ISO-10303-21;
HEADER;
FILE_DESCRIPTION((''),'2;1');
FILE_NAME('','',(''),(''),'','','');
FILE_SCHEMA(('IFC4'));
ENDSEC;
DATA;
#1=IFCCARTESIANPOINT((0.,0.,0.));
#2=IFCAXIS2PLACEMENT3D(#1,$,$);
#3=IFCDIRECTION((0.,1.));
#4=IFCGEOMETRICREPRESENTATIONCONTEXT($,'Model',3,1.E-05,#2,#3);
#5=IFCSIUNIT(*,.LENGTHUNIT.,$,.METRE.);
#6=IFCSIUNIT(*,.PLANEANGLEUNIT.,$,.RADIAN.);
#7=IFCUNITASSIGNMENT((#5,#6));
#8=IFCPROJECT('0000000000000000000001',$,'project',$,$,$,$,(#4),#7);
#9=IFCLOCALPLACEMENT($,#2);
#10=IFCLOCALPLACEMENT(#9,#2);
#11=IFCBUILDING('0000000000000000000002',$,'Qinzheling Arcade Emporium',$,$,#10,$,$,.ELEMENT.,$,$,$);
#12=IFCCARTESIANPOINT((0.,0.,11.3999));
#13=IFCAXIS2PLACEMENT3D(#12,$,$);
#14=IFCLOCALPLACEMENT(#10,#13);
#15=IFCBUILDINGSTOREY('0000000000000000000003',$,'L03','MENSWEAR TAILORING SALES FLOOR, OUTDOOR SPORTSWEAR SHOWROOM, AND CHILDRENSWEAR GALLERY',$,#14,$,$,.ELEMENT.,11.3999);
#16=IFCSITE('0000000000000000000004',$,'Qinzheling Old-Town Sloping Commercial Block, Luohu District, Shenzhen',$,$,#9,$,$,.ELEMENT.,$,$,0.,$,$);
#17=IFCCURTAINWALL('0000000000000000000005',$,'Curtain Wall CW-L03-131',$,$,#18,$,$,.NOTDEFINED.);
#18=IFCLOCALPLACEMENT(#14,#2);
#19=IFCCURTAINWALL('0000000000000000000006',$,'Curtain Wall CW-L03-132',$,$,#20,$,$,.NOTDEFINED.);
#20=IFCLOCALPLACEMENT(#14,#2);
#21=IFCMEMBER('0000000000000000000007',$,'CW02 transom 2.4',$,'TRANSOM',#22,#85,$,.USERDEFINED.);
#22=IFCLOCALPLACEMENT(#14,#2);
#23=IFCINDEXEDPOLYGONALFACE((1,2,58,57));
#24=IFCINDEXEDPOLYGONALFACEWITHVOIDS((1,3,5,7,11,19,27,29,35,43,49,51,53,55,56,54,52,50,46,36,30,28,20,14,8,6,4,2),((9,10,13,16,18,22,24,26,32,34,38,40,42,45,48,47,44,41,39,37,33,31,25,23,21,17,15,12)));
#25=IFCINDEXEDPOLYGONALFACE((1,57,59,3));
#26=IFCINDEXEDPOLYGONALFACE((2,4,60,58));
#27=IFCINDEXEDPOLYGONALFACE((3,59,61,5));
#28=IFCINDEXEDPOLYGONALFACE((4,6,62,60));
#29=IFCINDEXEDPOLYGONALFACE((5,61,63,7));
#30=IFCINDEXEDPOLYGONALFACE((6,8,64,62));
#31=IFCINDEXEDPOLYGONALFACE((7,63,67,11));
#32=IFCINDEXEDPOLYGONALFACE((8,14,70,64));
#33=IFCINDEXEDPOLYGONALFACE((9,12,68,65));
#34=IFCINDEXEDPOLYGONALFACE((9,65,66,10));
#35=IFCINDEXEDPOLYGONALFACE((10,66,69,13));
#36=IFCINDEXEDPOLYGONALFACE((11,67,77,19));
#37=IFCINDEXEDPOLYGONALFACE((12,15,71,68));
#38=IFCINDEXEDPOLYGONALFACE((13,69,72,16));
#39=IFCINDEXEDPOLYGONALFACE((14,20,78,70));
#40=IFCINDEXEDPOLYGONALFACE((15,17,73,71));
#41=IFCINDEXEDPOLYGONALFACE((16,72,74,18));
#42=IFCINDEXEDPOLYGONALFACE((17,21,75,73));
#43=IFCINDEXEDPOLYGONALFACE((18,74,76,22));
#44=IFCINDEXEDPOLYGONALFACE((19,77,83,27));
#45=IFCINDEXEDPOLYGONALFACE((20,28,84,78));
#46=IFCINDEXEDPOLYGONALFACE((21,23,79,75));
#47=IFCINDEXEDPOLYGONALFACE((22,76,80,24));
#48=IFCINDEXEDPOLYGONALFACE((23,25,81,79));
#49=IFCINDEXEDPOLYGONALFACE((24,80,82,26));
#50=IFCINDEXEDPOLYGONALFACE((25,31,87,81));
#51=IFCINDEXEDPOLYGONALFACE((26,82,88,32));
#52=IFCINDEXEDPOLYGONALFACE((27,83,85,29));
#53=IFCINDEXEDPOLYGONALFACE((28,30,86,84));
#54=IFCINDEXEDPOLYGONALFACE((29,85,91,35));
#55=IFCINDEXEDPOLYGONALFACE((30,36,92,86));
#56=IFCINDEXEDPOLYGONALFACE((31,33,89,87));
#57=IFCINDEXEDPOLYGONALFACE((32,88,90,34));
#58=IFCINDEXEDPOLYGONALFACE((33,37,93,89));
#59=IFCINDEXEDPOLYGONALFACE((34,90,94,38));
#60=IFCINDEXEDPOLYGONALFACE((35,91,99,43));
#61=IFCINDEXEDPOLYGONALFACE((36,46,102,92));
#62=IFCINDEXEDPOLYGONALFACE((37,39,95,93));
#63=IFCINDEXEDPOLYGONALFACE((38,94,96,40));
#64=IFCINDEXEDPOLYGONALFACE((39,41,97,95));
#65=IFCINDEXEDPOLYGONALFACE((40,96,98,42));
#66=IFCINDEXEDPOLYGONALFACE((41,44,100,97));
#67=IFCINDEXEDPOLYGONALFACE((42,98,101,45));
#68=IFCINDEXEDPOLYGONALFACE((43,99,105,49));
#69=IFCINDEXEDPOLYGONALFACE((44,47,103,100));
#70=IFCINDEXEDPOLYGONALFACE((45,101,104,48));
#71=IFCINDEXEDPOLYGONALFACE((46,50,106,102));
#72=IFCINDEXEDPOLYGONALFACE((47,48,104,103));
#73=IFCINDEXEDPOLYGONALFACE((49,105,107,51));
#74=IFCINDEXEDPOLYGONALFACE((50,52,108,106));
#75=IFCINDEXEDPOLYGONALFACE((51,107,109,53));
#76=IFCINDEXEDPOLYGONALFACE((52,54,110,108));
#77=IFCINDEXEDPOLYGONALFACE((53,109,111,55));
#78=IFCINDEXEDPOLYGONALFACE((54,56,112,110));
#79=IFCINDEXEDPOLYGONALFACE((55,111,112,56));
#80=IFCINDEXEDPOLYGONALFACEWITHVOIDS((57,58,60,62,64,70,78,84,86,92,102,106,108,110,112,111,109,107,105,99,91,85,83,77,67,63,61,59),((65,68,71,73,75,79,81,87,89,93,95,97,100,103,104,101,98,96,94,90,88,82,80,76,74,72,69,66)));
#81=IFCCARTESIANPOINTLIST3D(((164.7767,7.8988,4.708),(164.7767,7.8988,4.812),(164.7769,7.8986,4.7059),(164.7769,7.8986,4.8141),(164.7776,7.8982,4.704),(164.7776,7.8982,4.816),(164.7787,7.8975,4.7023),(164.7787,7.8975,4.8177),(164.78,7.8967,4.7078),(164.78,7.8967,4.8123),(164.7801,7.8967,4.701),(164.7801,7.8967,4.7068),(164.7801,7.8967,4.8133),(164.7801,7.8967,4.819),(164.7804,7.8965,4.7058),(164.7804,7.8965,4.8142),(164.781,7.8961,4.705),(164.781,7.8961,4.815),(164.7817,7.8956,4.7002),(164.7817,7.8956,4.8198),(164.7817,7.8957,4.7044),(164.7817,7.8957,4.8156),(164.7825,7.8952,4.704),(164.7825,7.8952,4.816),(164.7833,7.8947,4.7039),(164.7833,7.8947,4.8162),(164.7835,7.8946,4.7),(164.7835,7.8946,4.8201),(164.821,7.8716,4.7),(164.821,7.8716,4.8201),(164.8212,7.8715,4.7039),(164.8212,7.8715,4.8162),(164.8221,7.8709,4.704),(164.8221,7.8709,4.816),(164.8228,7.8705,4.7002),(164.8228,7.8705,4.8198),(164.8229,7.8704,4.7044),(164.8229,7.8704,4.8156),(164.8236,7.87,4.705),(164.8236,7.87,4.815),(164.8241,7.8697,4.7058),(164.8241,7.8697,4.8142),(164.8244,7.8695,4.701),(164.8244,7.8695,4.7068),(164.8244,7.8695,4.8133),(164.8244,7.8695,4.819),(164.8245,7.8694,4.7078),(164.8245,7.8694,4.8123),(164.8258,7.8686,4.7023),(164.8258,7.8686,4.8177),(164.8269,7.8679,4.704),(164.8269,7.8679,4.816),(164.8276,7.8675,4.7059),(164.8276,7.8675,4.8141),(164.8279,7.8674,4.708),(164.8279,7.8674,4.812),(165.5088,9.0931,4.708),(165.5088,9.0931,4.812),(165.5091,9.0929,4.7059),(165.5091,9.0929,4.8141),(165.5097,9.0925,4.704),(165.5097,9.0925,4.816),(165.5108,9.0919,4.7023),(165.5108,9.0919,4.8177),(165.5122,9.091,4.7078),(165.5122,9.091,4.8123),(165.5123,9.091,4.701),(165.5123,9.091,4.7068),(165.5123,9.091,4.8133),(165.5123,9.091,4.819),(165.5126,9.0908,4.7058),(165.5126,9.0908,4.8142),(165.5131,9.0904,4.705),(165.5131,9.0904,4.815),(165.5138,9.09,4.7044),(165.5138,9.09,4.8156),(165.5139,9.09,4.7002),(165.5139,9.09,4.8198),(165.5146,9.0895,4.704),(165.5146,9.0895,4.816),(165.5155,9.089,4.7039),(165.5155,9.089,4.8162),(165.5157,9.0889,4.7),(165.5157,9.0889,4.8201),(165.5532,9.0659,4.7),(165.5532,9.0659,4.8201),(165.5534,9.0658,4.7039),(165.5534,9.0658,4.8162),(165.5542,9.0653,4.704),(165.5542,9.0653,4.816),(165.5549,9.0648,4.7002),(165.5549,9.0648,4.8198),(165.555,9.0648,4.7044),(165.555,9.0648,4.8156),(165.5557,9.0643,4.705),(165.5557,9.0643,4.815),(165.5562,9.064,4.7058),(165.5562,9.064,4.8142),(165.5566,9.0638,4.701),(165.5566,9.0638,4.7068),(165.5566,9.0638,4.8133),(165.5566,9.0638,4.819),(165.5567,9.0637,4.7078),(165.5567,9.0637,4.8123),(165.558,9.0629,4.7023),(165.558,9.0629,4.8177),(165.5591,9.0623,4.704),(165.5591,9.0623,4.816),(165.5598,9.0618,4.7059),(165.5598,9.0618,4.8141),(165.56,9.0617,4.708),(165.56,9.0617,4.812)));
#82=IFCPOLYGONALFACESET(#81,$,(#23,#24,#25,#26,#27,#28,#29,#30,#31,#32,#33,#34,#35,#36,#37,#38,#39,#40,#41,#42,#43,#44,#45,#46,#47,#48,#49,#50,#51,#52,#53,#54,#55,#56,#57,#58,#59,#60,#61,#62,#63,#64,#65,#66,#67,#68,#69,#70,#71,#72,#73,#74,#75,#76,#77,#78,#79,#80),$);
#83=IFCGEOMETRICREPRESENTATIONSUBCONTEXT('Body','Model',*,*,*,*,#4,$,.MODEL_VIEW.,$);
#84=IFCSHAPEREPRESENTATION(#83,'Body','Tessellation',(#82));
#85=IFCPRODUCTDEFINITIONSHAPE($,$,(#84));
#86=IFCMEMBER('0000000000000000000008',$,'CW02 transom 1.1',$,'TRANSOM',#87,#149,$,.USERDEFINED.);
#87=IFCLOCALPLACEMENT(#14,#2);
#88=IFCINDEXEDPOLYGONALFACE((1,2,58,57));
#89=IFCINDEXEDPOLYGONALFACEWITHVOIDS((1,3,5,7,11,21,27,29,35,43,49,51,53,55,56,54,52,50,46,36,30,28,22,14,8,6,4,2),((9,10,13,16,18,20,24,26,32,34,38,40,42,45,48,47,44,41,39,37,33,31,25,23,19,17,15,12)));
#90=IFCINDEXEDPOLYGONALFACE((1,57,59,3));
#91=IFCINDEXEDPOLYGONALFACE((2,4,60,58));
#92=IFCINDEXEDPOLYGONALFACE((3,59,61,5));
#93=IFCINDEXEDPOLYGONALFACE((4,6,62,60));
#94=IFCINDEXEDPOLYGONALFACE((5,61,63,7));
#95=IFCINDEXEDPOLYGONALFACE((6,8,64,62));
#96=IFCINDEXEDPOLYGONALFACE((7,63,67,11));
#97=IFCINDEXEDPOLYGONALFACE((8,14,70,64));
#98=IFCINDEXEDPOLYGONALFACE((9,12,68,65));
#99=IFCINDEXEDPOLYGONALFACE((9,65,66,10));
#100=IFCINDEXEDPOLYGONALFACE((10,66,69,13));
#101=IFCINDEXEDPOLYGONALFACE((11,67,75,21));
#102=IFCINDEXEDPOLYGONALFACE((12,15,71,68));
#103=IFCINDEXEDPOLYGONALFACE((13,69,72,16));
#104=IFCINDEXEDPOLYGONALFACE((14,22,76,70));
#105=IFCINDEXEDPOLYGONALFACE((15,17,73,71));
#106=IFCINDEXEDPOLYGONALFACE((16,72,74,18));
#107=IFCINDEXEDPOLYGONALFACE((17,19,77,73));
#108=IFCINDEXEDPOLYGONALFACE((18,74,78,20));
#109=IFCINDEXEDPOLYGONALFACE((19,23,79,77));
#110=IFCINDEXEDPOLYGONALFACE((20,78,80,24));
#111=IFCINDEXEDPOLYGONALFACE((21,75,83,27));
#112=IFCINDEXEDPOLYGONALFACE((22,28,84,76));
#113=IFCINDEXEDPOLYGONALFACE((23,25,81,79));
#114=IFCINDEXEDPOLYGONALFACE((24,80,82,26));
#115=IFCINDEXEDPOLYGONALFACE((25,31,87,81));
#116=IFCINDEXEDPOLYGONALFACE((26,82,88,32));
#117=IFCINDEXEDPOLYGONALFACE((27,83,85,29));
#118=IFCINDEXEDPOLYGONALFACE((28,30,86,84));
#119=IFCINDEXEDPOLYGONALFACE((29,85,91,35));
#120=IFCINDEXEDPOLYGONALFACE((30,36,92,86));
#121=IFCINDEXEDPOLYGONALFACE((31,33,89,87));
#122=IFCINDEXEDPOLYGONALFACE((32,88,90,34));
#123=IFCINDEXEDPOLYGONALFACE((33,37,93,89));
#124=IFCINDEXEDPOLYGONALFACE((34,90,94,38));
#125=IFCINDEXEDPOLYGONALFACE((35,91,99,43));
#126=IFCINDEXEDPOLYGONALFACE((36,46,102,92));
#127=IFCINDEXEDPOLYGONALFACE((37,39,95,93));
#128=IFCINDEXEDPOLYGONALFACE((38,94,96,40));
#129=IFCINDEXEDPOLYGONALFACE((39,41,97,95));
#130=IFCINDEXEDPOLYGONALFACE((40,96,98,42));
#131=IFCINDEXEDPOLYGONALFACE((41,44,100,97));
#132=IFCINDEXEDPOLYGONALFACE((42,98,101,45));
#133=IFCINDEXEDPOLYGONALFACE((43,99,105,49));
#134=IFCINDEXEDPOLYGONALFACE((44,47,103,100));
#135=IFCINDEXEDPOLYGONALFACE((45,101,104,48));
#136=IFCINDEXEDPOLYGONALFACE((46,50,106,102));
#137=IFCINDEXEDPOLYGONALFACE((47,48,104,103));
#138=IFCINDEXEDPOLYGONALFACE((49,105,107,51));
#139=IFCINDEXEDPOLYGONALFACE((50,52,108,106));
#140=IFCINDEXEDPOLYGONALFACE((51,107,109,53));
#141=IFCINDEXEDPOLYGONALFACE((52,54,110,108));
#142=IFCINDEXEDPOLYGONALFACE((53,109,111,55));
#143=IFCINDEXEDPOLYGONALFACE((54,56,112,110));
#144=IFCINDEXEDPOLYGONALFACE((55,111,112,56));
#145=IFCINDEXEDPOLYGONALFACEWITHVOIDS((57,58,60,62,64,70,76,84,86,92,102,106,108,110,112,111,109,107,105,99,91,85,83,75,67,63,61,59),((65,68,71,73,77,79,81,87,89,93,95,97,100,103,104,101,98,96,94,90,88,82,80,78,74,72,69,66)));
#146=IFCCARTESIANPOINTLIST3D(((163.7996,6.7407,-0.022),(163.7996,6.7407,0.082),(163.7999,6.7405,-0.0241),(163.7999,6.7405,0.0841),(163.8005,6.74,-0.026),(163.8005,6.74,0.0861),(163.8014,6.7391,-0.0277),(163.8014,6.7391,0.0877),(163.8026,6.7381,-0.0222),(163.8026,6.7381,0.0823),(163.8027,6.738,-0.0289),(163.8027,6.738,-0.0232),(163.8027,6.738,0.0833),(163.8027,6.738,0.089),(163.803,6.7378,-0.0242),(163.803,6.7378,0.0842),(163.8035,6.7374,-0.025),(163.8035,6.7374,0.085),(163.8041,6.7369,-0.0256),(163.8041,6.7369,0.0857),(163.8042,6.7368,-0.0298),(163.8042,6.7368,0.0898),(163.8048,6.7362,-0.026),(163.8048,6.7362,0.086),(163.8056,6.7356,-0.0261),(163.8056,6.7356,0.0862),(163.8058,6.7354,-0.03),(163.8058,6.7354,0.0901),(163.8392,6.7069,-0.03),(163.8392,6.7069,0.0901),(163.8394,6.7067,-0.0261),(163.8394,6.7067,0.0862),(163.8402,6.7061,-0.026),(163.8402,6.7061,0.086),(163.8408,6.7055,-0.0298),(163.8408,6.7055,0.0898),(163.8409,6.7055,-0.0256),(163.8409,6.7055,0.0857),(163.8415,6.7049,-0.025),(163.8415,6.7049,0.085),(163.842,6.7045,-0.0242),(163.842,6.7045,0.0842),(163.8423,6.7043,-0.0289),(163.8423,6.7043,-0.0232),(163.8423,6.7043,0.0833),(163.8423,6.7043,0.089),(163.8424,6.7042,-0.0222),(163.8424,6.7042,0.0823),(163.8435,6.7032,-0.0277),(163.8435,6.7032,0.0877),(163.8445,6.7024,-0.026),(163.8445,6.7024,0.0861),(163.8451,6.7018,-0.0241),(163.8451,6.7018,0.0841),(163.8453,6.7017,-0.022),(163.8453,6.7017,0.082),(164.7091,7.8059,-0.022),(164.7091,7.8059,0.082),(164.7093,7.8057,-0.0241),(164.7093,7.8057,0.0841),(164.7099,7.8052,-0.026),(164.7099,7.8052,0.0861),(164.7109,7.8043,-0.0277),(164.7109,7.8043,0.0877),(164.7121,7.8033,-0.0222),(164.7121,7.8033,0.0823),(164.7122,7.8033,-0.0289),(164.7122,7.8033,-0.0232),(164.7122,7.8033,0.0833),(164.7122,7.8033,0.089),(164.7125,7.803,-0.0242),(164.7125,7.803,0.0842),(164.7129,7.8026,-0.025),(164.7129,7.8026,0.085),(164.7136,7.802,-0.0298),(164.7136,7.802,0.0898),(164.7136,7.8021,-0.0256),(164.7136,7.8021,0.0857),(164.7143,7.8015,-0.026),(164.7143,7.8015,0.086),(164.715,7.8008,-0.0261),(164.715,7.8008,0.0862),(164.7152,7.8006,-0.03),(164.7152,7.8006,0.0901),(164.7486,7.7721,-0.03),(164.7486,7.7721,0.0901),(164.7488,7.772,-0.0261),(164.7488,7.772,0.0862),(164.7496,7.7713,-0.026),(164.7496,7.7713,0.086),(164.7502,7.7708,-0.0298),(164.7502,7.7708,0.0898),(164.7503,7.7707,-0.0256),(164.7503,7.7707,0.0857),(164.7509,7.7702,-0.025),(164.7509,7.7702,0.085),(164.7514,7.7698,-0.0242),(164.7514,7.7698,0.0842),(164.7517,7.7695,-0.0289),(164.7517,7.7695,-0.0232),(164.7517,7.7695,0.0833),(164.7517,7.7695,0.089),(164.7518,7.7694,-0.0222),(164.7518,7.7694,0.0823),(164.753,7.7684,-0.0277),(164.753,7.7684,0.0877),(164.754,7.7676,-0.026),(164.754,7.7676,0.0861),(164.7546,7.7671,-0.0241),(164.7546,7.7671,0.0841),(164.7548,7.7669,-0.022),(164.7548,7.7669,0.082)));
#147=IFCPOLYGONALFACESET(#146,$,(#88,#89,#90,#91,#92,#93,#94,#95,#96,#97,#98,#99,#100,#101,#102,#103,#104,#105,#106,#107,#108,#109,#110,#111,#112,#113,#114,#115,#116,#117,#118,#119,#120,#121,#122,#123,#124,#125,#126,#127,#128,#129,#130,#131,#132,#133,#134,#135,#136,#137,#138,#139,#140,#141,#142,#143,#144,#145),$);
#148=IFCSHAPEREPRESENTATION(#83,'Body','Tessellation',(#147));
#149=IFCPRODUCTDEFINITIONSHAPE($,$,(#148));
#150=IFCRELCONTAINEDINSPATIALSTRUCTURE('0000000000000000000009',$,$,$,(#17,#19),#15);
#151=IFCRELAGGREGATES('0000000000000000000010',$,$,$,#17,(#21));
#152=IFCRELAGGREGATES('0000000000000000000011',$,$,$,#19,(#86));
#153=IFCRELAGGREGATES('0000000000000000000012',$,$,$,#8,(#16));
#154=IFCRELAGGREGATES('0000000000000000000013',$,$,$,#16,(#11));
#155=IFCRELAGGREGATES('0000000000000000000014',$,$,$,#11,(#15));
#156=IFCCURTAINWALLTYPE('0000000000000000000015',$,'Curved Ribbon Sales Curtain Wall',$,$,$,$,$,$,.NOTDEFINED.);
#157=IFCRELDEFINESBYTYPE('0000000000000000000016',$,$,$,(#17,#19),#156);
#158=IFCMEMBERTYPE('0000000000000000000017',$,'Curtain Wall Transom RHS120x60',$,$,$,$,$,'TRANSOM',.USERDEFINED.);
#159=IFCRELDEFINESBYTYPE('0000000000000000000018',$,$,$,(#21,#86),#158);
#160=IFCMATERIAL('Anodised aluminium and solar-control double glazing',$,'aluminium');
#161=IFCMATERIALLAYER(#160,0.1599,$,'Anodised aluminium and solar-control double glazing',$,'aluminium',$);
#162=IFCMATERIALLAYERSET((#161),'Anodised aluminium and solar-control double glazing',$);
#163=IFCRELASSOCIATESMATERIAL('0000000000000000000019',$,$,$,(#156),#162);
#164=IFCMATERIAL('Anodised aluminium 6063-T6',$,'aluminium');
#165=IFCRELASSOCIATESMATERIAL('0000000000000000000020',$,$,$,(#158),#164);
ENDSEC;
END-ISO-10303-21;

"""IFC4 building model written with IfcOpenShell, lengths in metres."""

from ifc_helpers import new_model, si_unit, direction, frame, origin, origin_2d, place, context, subcontext, project, spatial, hollow_rectangle, extrude, material, layer, layer_set, material_profile, profile_set, type_object, element, aggregate, save


model = new_model("IFC4")

# Units and contexts
model_context = context("Model", 3, precision=1e-05, world=origin(), true_north=direction((0.0, 1.0)))
body_context = subcontext(model_context, "Body", "Model", "MODEL_VIEW")
ifc_project = project(units=[si_unit("LENGTHUNIT", "METRE"), si_unit("PLANEANGLEUNIT", "RADIAN")], contexts=[model_context])

# Site, building, storey
site_placement = place(None, origin())
site = spatial("IfcSite", under=ifc_project, at=site_placement, Name="Qinzheling Old-Town Sloping Commercial Block, Luohu District, Shenzhen", CompositionType="ELEMENT", RefElevation=0.0)
building_placement = place(site_placement, origin())
building = spatial("IfcBuilding", under=site, at=building_placement, Name="Qinzheling Arcade Emporium", CompositionType="ELEMENT")
storey_placement = place(building_placement, frame((0.0, 0.0, 11.3999)))
storey = spatial("IfcBuildingStorey", under=building, at=storey_placement, Name="L03", Description="MENSWEAR TAILORING SALES FLOOR, OUTDOOR SPORTSWEAR SHOWROOM, AND CHILDRENSWEAR GALLERY", CompositionType="ELEMENT", Elevation=11.3999)

# Curtain walls
ifc_material_1 = material(Name="Anodised aluminium and solar-control double glazing", Category="aluminium")
ifc_layer_1 = layer(ifc_material_1, 0.1599, Name="Anodised aluminium and solar-control double glazing", Category="aluminium")
ifc_layer_set_1 = layer_set([ifc_layer_1], Name="Anodised aluminium and solar-control double glazing")
curtain_wall_type = type_object("IfcCurtainWallType", Name="Curved Ribbon Sales Curtain Wall", PredefinedType="NOTDEFINED", material=ifc_layer_set_1)
curtain_wall_1_placement = place(storey_placement, origin())
curtain_wall_1 = element("IfcCurtainWall", 1, at=curtain_wall_1_placement, inside=storey, type_object=curtain_wall_type, Name="Curtain Wall CW-L03-131", PredefinedType="NOTDEFINED")
ifc_material_2 = material(Name="Anodised aluminium 6063-T6", Category="aluminium")
curtain_wall_2_placement = place(storey_placement, origin())
curtain_wall_2 = element("IfcCurtainWall", 2, at=curtain_wall_2_placement, inside=storey, type_object=curtain_wall_type, Name="Curtain Wall CW-L03-132", PredefinedType="NOTDEFINED")

# Members
ifc_material_profile_1 = material_profile(ifc_material_2, hollow_rectangle(XDim=0.0601, YDim=0.1201, WallThickness=0.0039, InnerFilletRadius=0.0039, OuterFilletRadius=0.0081, at=origin_2d()), Name="RHS 120x60x4", Category="aluminium")
ifc_profile_set_1 = profile_set([ifc_material_profile_1], Name="Anodised aluminium 6063-T6")
member_type_1 = type_object("IfcMemberType", Name="Curtain Wall Transom RHS120x60", ElementType="TRANSOM", PredefinedType="USERDEFINED", material=ifc_profile_set_1)
member_1_placement = place(storey_placement, frame((165.5344, 9.0774, 4.76), z_axis=(-0.522648, -0.852549, 0.0), x_axis=(0.852549, -0.522648, 0.0)))
member_1 = element("IfcMember", 3, at=member_1_placement, type_object=member_type_1, Name="CW02 transom 2.4", ObjectType="TRANSOM", PredefinedType="USERDEFINED", context=body_context, shape_type="SweptSolid", body=[
    extrude(hollow_rectangle(XDim=0.0601, YDim=0.1201, WallThickness=0.0039, InnerFilletRadius=0.0039, OuterFilletRadius=0.0081, at=origin_2d()), origin(), (0.0, 0.0, 1.0), 1.4009),
])
member_2_placement = place(storey_placement, frame((164.7319, 7.7864, 0.03), z_axis=(-0.649312, -0.760523, 0.0), x_axis=(0.760523, -0.649312, 0.0)))
member_2 = element("IfcMember", 4, at=member_2_placement, type_object=member_type_1, Name="CW02 transom 1.1", ObjectType="TRANSOM", PredefinedType="USERDEFINED", context=body_context, shape_type="SweptSolid", body=[
    extrude(hollow_rectangle(XDim=0.0601, YDim=0.1201, WallThickness=0.0039, InnerFilletRadius=0.0039, OuterFilletRadius=0.0081, at=origin_2d()), origin(), (0.0, 0.0, 1.0), 1.4006),
])

aggregate(curtain_wall_1, [member_1])
aggregate(curtain_wall_2, [member_2])

save(model, "model.ifc")
